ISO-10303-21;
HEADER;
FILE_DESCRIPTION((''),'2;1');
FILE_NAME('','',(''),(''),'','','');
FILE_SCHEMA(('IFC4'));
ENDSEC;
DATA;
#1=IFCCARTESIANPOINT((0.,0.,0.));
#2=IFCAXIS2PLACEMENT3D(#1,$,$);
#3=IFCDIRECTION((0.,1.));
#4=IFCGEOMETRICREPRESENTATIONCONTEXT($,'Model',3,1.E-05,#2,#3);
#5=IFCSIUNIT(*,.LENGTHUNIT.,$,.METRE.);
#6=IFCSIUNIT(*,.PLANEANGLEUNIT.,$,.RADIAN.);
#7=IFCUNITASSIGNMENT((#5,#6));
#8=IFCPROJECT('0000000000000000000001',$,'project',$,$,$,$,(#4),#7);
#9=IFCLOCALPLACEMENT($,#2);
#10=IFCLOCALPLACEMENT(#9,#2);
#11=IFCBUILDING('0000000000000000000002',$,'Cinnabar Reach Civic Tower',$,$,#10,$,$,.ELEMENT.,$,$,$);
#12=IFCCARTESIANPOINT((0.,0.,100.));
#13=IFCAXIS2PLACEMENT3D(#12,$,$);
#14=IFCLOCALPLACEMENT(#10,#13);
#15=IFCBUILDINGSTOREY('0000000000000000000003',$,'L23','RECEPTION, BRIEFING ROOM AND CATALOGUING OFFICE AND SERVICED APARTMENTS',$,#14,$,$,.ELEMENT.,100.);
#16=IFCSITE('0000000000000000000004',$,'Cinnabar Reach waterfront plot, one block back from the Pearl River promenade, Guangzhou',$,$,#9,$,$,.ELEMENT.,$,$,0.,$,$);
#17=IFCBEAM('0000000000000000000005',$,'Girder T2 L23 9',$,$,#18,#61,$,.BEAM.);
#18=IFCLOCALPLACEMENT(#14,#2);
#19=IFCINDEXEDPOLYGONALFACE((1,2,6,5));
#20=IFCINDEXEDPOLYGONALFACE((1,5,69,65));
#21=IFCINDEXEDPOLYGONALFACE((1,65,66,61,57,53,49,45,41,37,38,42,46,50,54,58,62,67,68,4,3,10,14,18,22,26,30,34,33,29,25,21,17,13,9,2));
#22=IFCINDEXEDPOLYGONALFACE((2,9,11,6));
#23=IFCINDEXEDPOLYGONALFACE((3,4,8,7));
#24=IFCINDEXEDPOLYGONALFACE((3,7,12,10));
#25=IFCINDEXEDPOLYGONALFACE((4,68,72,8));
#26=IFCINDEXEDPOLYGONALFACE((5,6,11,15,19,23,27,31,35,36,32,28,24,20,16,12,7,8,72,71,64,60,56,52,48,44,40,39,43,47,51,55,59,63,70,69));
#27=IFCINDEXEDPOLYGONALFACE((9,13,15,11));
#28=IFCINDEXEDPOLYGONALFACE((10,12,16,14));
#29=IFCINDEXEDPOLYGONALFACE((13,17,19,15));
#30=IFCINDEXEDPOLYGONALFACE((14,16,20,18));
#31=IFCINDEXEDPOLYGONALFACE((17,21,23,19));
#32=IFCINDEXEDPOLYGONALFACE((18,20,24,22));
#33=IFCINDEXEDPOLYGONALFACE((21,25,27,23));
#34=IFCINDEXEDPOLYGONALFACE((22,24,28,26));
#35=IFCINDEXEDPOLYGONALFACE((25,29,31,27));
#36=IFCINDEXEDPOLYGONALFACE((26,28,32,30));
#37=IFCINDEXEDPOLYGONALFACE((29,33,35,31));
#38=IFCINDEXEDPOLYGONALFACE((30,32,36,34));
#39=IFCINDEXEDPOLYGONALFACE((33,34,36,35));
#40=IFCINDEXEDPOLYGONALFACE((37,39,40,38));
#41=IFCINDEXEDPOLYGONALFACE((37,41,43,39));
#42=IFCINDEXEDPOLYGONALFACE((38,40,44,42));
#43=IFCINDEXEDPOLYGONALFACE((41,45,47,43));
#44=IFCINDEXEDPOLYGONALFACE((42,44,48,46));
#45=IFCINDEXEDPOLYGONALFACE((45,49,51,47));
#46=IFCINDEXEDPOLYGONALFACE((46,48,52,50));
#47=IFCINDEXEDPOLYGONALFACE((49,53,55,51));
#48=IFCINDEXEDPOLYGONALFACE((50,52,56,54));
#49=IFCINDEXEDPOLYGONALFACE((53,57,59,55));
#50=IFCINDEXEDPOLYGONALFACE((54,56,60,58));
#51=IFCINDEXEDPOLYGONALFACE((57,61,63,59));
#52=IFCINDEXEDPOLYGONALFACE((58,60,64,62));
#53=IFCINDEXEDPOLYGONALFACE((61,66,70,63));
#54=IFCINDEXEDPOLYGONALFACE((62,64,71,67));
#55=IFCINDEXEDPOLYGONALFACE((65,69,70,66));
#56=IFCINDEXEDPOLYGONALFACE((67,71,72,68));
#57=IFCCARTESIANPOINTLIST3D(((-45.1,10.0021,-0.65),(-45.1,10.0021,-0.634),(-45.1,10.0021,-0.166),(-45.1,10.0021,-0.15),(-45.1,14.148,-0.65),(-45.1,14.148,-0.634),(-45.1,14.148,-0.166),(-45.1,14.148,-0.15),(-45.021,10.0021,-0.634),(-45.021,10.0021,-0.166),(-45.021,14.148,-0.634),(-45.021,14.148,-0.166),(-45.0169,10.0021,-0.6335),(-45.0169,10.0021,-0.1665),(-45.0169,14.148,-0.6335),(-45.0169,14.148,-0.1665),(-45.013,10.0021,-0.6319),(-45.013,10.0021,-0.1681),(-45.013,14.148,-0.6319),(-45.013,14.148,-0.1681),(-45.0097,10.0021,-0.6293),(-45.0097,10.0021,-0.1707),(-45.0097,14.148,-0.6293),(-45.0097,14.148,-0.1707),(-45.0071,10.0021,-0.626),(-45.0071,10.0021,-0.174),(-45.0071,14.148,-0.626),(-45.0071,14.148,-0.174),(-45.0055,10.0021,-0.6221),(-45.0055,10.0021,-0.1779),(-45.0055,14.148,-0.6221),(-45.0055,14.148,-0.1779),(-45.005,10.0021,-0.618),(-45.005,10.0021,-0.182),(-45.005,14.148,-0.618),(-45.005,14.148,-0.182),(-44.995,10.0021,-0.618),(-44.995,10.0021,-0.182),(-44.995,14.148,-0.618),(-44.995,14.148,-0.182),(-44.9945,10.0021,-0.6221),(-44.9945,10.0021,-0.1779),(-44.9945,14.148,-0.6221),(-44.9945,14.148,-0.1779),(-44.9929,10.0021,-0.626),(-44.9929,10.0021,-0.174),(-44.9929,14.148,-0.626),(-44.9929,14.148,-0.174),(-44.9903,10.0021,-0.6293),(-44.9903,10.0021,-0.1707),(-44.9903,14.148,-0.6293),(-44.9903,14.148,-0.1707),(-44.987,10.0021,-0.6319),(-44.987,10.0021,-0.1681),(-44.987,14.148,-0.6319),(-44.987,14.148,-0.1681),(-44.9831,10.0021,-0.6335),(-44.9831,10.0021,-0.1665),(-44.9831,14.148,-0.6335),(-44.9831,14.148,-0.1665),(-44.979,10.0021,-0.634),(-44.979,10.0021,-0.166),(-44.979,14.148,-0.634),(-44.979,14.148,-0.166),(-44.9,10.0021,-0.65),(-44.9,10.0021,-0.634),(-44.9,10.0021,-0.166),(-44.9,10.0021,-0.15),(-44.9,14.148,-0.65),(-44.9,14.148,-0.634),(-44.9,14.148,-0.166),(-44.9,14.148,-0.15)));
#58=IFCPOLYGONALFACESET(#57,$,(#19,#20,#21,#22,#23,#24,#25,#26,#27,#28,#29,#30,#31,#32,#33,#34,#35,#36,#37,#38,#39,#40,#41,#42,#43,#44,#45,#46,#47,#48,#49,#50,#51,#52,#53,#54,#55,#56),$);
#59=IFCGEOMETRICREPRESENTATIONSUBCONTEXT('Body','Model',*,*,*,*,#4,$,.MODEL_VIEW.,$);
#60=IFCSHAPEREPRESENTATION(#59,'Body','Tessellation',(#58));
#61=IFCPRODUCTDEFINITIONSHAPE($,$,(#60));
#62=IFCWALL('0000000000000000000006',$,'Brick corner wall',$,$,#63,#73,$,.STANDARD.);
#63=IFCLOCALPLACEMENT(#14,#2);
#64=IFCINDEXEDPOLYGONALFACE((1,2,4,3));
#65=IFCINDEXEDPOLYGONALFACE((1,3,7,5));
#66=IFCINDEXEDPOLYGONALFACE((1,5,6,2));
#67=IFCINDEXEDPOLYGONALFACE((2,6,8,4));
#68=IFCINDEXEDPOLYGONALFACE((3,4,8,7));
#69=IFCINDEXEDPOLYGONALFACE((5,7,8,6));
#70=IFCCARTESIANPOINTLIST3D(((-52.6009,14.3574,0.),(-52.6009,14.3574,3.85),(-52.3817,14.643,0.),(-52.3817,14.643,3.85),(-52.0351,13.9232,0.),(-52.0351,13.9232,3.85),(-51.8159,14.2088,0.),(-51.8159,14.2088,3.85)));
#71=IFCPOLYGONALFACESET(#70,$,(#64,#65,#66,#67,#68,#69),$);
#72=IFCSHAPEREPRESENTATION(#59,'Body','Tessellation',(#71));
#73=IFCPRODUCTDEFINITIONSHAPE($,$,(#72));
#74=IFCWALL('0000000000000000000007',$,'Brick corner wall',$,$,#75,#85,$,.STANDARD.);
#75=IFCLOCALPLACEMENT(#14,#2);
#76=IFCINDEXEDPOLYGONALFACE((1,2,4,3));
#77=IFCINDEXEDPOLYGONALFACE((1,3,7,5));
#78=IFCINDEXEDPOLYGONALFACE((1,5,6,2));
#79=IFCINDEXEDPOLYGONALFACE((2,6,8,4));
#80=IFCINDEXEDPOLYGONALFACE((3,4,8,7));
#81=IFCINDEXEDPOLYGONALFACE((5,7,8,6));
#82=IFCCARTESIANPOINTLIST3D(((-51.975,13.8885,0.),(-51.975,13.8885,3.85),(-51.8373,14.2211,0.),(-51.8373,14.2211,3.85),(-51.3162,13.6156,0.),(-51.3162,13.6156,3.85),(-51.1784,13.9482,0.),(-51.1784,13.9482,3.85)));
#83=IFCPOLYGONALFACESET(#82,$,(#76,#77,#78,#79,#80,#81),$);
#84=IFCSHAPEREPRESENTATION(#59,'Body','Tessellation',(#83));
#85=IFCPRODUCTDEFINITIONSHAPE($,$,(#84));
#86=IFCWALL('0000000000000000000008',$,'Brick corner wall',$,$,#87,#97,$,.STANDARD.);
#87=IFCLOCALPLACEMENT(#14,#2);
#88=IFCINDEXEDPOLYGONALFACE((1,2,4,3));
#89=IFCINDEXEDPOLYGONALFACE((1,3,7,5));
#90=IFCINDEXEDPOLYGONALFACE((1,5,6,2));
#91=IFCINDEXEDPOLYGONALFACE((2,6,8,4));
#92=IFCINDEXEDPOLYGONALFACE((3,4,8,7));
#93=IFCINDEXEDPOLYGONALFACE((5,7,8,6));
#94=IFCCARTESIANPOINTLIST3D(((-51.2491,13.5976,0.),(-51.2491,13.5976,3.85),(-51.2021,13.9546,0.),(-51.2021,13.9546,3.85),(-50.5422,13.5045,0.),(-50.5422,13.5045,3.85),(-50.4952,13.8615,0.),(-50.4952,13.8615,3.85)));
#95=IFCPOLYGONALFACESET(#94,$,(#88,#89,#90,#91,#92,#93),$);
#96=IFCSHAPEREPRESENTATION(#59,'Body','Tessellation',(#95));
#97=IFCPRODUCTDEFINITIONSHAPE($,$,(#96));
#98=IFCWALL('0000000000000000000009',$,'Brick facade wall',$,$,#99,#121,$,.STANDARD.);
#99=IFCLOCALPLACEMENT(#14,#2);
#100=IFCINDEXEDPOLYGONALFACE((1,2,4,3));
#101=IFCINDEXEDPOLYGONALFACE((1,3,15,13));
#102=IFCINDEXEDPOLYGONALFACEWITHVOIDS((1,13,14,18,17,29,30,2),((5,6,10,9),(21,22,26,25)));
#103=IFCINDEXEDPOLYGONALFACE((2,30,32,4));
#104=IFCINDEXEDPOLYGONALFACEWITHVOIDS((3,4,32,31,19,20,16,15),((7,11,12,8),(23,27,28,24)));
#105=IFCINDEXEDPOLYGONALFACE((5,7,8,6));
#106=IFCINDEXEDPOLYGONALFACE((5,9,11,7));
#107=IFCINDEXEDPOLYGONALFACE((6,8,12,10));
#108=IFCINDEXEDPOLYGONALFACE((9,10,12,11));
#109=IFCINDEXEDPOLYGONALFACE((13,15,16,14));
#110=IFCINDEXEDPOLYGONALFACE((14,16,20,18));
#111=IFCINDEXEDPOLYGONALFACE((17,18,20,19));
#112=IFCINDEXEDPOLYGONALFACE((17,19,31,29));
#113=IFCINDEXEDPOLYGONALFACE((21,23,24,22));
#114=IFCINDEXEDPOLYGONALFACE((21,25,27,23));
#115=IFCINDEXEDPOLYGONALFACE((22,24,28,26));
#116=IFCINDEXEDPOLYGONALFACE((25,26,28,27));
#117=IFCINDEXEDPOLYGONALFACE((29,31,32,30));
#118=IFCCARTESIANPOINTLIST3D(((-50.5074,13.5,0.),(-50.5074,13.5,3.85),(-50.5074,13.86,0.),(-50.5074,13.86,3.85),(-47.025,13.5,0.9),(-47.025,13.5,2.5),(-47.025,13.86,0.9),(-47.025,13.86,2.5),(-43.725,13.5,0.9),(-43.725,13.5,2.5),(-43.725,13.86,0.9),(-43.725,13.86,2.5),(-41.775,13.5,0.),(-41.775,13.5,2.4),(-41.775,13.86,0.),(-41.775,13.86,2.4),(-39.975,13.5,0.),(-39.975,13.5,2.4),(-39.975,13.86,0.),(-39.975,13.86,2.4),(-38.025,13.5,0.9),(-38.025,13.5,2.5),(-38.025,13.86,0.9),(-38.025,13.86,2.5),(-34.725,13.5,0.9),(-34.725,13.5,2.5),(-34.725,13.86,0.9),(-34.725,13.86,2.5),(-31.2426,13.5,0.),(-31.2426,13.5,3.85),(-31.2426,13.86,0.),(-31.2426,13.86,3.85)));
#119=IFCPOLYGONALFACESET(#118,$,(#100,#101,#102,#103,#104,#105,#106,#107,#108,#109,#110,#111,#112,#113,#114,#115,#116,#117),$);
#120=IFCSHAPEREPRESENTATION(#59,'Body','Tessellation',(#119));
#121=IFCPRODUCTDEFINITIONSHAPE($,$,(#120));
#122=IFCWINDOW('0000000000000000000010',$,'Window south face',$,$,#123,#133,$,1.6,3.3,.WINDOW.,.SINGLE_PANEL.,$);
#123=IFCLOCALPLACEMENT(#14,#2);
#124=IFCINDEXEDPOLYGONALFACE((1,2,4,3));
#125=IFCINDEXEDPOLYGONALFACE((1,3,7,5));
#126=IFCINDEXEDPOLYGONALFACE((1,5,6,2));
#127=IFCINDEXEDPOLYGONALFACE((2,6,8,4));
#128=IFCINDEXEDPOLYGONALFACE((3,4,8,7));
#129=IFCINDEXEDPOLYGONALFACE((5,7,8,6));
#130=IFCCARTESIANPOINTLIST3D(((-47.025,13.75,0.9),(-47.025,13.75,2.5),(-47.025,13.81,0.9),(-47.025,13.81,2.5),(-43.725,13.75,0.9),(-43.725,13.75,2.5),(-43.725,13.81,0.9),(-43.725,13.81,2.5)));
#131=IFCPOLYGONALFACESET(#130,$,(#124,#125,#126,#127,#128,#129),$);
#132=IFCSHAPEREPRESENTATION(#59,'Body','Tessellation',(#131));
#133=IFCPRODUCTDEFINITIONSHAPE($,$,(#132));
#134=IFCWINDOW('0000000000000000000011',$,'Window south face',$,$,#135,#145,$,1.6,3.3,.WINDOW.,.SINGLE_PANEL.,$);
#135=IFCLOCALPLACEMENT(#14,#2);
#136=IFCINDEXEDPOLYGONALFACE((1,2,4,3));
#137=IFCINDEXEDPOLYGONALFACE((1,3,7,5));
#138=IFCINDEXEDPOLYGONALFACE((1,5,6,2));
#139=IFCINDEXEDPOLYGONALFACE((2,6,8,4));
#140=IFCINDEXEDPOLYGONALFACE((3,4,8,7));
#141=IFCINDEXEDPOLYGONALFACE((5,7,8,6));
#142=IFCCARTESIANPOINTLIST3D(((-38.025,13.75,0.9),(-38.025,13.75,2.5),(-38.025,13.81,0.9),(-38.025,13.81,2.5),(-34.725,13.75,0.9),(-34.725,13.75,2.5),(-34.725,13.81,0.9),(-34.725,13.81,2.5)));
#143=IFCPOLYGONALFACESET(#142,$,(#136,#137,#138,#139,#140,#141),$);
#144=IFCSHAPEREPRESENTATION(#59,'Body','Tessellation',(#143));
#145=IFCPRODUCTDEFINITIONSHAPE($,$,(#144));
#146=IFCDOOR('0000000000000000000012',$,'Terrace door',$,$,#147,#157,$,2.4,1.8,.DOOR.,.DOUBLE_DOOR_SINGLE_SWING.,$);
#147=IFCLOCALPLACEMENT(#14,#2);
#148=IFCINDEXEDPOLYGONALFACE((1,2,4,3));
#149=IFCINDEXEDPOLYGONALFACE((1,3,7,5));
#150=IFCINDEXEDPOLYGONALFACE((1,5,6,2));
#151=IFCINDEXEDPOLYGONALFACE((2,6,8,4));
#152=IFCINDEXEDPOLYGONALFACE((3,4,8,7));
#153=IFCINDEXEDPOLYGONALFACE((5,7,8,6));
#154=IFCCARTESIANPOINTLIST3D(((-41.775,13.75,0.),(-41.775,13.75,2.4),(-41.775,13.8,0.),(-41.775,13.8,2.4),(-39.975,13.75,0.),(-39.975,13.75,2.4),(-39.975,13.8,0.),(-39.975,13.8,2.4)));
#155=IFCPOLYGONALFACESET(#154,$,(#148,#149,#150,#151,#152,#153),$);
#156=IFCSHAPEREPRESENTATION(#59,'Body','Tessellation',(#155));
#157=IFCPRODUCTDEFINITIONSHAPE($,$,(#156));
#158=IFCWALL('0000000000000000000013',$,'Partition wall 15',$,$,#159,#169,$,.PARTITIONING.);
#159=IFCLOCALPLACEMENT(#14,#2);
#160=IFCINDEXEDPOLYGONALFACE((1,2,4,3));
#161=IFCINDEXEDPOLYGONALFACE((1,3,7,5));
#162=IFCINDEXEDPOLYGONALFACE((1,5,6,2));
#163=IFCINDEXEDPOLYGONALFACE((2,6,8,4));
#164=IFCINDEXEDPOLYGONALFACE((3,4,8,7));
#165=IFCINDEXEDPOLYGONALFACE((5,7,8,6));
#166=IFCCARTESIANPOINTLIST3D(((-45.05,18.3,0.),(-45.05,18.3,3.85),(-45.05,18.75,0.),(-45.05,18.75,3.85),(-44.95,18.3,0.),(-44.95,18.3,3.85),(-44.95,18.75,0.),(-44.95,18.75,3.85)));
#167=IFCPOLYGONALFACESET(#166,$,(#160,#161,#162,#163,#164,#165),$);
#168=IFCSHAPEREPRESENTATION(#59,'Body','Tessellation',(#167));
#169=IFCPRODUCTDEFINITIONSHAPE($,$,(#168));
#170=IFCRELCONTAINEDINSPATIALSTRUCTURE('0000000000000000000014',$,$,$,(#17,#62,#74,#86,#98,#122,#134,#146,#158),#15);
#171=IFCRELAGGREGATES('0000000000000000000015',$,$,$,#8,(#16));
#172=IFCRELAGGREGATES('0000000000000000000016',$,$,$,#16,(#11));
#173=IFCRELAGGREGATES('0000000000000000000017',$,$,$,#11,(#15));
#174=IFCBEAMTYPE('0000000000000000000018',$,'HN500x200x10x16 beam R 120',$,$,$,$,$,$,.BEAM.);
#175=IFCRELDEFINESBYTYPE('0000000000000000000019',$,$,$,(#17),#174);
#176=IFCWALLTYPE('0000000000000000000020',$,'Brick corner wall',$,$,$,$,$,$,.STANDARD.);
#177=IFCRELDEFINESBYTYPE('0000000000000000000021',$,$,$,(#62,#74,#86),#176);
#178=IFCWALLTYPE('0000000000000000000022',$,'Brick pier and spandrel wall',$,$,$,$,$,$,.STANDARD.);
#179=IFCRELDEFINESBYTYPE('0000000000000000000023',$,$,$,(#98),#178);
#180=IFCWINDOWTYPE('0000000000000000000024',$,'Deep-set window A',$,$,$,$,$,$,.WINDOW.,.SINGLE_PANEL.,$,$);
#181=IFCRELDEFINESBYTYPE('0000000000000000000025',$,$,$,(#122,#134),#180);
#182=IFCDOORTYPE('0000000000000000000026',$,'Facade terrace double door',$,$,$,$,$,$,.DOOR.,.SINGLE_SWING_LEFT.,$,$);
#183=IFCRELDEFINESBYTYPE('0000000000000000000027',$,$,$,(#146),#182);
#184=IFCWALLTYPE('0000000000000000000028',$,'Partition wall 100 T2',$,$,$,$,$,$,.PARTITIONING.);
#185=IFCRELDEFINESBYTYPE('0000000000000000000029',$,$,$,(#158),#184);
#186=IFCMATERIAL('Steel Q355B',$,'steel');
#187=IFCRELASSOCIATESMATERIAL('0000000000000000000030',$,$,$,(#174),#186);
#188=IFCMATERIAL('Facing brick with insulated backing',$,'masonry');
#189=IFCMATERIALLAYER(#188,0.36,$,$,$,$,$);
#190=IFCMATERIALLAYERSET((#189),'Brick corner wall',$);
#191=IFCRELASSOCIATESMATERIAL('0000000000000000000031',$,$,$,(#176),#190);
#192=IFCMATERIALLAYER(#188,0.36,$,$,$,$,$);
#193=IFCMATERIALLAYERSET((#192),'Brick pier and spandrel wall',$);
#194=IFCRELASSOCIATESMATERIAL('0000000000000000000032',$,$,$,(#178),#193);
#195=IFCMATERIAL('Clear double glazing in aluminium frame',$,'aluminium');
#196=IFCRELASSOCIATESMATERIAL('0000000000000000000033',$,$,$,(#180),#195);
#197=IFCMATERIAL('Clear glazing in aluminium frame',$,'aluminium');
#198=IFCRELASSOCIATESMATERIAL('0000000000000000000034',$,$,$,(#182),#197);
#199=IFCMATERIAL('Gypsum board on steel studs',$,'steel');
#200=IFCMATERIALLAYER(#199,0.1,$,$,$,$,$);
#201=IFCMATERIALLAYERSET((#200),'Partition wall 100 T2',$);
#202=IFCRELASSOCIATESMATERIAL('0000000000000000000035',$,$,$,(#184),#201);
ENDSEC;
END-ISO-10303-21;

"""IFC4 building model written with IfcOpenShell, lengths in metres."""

from ifc_helpers import new_model, si_unit, direction, frame, frame_2d, origin, origin_2d, place, context, subcontext, project, spatial, rectangle, i_section, extrude, material, layer, layer_set, material_profile, profile_set, type_object, element, fill, save


model = new_model("IFC4")

# Units and contexts
model_context = context("Model", 3, precision=1e-05, world=origin(), true_north=direction((0.0, 1.0)))
body_context = subcontext(model_context, "Body", "Model", "MODEL_VIEW")
ifc_project = project(units=[si_unit("LENGTHUNIT", "METRE"), si_unit("PLANEANGLEUNIT", "RADIAN")], contexts=[model_context])

# Site, building, storey
site_placement = place(None, origin())
site = spatial("IfcSite", under=ifc_project, at=site_placement, Name="Cinnabar Reach waterfront plot, one block back from the Pearl River promenade, Guangzhou", CompositionType="ELEMENT", RefElevation=0.0)
building_placement = place(site_placement, origin())
building = spatial("IfcBuilding", under=site, at=building_placement, Name="Cinnabar Reach Civic Tower", CompositionType="ELEMENT")
storey_placement = place(building_placement, frame((0.0, 0.0, 100.0)))
storey = spatial("IfcBuildingStorey", under=building, at=storey_placement, Name="L23", Description="RECEPTION, BRIEFING ROOM AND CATALOGUING OFFICE AND SERVICED APARTMENTS", CompositionType="ELEMENT", Elevation=100.0)

# Beam
ifc_material_1 = material(Name="Steel Q355B", Category="steel")
ifc_material_profile_1 = material_profile(ifc_material_1, i_section(OverallWidth=0.2, OverallDepth=0.5, WebThickness=0.01, FlangeThickness=0.016, FilletRadius=0.016, at=origin_2d()), Name="HN500x200x10x16")
ifc_profile_set_1 = profile_set([ifc_material_profile_1], Name="Steel Q355B")
beam_type_1 = type_object("IfcBeamType", Name="HN500x200x10x16 beam R 120", PredefinedType="BEAM", material=ifc_profile_set_1)
beam_1_placement = place(storey_placement, frame((-45.0, 10.0021, -0.4), z_axis=(0.0, 1.0, 0.0), x_axis=(-1.0, 0.0, 0.0)))
element("IfcBeam", 1, at=beam_1_placement, inside=storey, type_object=beam_type_1, Name="Girder T2 L23 9", PredefinedType="BEAM", context=body_context, shape_type="SweptSolid", body=[
    extrude(i_section(OverallWidth=0.2, OverallDepth=0.5, WebThickness=0.01, FlangeThickness=0.016, FilletRadius=0.016, at=origin_2d()), origin(), (0.0, 0.0, 1.0), 4.1459),
])

# Walls
ifc_material_2 = material(Name="Facing brick with insulated backing", Category="masonry")
ifc_layer_1 = layer(ifc_material_2, 0.36)
ifc_layer_set_1 = layer_set([ifc_layer_1], Name="Brick corner wall")
wall_type_1 = type_object("IfcWallType", Name="Brick corner wall", PredefinedType="STANDARD", material=ifc_layer_set_1)
wall_1_placement = place(storey_placement, frame((-52.4913, 14.5002, 0.0), z_axis=(0.0, 0.0, 1.0), x_axis=(0.793322, -0.608802, 0.0)))
element("IfcWall", 2, at=wall_1_placement, inside=storey, type_object=wall_type_1, Name="Brick corner wall", PredefinedType="STANDARD", context=body_context, shape_type="SweptSolid", body=[
    extrude(rectangle(XDim=0.7132, YDim=0.36, at=frame_2d((0.3566, 0.0))), origin(), (0.0, 0.0, 1.0), 3.85),
])
for number, where, z_axis, x_axis, name in (
    (3, (-51.9061, 14.0548, 0.0), (0.0, 0.0, 1.0), (0.923872, -0.382703, 0.0), "Brick corner wall"),
    (4, (-51.2256, 13.7761, 0.0), (0.0, 0.0, 1.0), (0.991441, -0.130556, 0.0), "Brick corner wall"),
):
    element("IfcWall", number, at=place(storey_placement, frame(where, z_axis=z_axis, x_axis=x_axis)), inside=storey, type_object=wall_type_1, Name=name, PredefinedType="STANDARD", context=body_context, shape_type="SweptSolid", body=[
        extrude(rectangle(XDim=0.7131, YDim=0.36, at=frame_2d((0.3565, 0.0))), origin(), (0.0, 0.0, 1.0), 3.85),
    ])

# Wall, openings, windows, door
ifc_layer_2 = layer(ifc_material_2, 0.36)
ifc_layer_set_2 = layer_set([ifc_layer_2], Name="Brick pier and spandrel wall")
wall_type_2 = type_object("IfcWallType", Name="Brick pier and spandrel wall", PredefinedType="STANDARD", material=ifc_layer_set_2)
wall_2_placement = place(storey_placement, frame((-50.5074, 13.68, 0.0), z_axis=(0.0, 0.0, 1.0), x_axis=(1.0, 0.0, 0.0)))
wall_2 = element("IfcWall", 5, at=wall_2_placement, inside=storey, type_object=wall_type_2, Name="Brick facade wall", PredefinedType="STANDARD", context=body_context, shape_type="SweptSolid", body=[
    extrude(rectangle(XDim=19.2648, YDim=0.36, at=frame_2d((9.6324, 0.0))), origin(), (0.0, 0.0, 1.0), 3.85),
])
opening_1_placement = place(wall_2_placement, frame((3.4824, 0.0, 0.9)))
opening_1 = element("IfcOpeningElement", 6, at=opening_1_placement, cuts=wall_2, PredefinedType="OPENING", context=body_context, shape_type="SweptSolid", body=[
    extrude(rectangle(XDim=3.3, YDim=1.6, at=frame_2d((1.65, 0.8))), frame((0.0, 0.19, 0.0), z_axis=(0.0, -1.0, 0.0), x_axis=(1.0, 0.0, 0.0)), (0.0, 0.0, 1.0), 0.38),
])
opening_2_placement = place(wall_2_placement, frame((8.7324, 0.0, 0.0)))
opening_2 = element("IfcOpeningElement", 7, at=opening_2_placement, cuts=wall_2, PredefinedType="OPENING", context=body_context, shape_type="SweptSolid", body=[
    extrude(rectangle(XDim=1.8, YDim=2.4, at=frame_2d((0.9, 1.2))), frame((0.0, 0.19, 0.0), z_axis=(0.0, -1.0, 0.0), x_axis=(1.0, 0.0, 0.0)), (0.0, 0.0, 1.0), 0.38),
])
opening_3_placement = place(wall_2_placement, frame((12.4824, 0.0, 0.9)))
opening_3 = element("IfcOpeningElement", 8, at=opening_3_placement, cuts=wall_2, PredefinedType="OPENING", context=body_context, shape_type="SweptSolid", body=[
    extrude(rectangle(XDim=3.3, YDim=1.6, at=frame_2d((1.65, 0.8))), frame((0.0, 0.19, 0.0), z_axis=(0.0, -1.0, 0.0), x_axis=(1.0, 0.0, 0.0)), (0.0, 0.0, 1.0), 0.38),
])
ifc_material_3 = material(Name="Clear double glazing in aluminium frame", Category="aluminium")
window_type = type_object("IfcWindowType", Name="Deep-set window A", PartitioningType="SINGLE_PANEL", PredefinedType="WINDOW", material=ifc_material_3)
window_1_placement = place(opening_1_placement, origin())
window_1 = element("IfcWindow", 9, at=window_1_placement, inside=storey, type_object=window_type, Name="Window south face", OverallHeight=1.6, OverallWidth=3.3, PartitioningType="SINGLE_PANEL", PredefinedType="WINDOW", context=body_context, shape_type="SweptSolid", body=[
    extrude(rectangle(XDim=3.3, YDim=1.6, at=frame_2d((1.65, 0.8))), frame((0.0, 0.13, 0.0), z_axis=(0.0, -1.0, 0.0), x_axis=(1.0, 0.0, 0.0)), (0.0, 0.0, 1.0), 0.06),
])
fill(opening_1, window_1)
window_2_placement = place(opening_3_placement, origin())
window_2 = element("IfcWindow", 10, at=window_2_placement, inside=storey, type_object=window_type, Name="Window south face", OverallHeight=1.6, OverallWidth=3.3, PartitioningType="SINGLE_PANEL", PredefinedType="WINDOW", context=body_context, shape_type="SweptSolid", body=[
    extrude(rectangle(XDim=3.3, YDim=1.6, at=frame_2d((1.65, 0.8))), frame((0.0, 0.13, 0.0), z_axis=(0.0, -1.0, 0.0), x_axis=(1.0, 0.0, 0.0)), (0.0, 0.0, 1.0), 0.06),
])
fill(opening_3, window_2)
ifc_material_4 = material(Name="Clear glazing in aluminium frame", Category="aluminium")
door_type = type_object("IfcDoorType", Name="Facade terrace double door", OperationType="SINGLE_SWING_LEFT", PredefinedType="DOOR", material=ifc_material_4)
door_placement = place(opening_2_placement, frame((1.8, 0.0, 0.0), z_axis=(0.0, 0.0, 1.0), x_axis=(-1.0, 0.0, 0.0)))
door = element("IfcDoor", 11, at=door_placement, inside=storey, type_object=door_type, Name="Terrace door", OperationType="DOUBLE_DOOR_SINGLE_SWING", OverallHeight=2.4, OverallWidth=1.8, PredefinedType="DOOR", context=body_context, shape_type="SweptSolid", body=[
    extrude(rectangle(XDim=1.8, YDim=2.4, at=frame_2d((0.9, 1.2))), frame((0.0, -0.07, 0.0), z_axis=(0.0, -1.0, 0.0), x_axis=(1.0, 0.0, 0.0)), (0.0, 0.0, 1.0), 0.05),
])
fill(opening_2, door)

# Wall
ifc_material_5 = material(Name="Gypsum board on steel studs", Category="steel")
ifc_layer_3 = layer(ifc_material_5, 0.1)
ifc_layer_set_3 = layer_set([ifc_layer_3], Name="Partition wall 100 T2")
wall_type_3 = type_object("IfcWallType", Name="Partition wall 100 T2", PredefinedType="PARTITIONING", material=ifc_layer_set_3)
wall_3_placement = place(storey_placement, frame((-45.0, 18.3, 0.0), z_axis=(0.0, 0.0, 1.0), x_axis=(0.0, 1.0, 0.0)))
element("IfcWall", 12, at=wall_3_placement, inside=storey, type_object=wall_type_3, Name="Partition wall 15", PredefinedType="PARTITIONING", context=body_context, shape_type="SweptSolid", body=[
    extrude(rectangle(XDim=0.45, YDim=0.1, at=frame_2d((0.225, 0.0))), origin(), (0.0, 0.0, 1.0), 3.85),
])

save(model, "model.ifc")
